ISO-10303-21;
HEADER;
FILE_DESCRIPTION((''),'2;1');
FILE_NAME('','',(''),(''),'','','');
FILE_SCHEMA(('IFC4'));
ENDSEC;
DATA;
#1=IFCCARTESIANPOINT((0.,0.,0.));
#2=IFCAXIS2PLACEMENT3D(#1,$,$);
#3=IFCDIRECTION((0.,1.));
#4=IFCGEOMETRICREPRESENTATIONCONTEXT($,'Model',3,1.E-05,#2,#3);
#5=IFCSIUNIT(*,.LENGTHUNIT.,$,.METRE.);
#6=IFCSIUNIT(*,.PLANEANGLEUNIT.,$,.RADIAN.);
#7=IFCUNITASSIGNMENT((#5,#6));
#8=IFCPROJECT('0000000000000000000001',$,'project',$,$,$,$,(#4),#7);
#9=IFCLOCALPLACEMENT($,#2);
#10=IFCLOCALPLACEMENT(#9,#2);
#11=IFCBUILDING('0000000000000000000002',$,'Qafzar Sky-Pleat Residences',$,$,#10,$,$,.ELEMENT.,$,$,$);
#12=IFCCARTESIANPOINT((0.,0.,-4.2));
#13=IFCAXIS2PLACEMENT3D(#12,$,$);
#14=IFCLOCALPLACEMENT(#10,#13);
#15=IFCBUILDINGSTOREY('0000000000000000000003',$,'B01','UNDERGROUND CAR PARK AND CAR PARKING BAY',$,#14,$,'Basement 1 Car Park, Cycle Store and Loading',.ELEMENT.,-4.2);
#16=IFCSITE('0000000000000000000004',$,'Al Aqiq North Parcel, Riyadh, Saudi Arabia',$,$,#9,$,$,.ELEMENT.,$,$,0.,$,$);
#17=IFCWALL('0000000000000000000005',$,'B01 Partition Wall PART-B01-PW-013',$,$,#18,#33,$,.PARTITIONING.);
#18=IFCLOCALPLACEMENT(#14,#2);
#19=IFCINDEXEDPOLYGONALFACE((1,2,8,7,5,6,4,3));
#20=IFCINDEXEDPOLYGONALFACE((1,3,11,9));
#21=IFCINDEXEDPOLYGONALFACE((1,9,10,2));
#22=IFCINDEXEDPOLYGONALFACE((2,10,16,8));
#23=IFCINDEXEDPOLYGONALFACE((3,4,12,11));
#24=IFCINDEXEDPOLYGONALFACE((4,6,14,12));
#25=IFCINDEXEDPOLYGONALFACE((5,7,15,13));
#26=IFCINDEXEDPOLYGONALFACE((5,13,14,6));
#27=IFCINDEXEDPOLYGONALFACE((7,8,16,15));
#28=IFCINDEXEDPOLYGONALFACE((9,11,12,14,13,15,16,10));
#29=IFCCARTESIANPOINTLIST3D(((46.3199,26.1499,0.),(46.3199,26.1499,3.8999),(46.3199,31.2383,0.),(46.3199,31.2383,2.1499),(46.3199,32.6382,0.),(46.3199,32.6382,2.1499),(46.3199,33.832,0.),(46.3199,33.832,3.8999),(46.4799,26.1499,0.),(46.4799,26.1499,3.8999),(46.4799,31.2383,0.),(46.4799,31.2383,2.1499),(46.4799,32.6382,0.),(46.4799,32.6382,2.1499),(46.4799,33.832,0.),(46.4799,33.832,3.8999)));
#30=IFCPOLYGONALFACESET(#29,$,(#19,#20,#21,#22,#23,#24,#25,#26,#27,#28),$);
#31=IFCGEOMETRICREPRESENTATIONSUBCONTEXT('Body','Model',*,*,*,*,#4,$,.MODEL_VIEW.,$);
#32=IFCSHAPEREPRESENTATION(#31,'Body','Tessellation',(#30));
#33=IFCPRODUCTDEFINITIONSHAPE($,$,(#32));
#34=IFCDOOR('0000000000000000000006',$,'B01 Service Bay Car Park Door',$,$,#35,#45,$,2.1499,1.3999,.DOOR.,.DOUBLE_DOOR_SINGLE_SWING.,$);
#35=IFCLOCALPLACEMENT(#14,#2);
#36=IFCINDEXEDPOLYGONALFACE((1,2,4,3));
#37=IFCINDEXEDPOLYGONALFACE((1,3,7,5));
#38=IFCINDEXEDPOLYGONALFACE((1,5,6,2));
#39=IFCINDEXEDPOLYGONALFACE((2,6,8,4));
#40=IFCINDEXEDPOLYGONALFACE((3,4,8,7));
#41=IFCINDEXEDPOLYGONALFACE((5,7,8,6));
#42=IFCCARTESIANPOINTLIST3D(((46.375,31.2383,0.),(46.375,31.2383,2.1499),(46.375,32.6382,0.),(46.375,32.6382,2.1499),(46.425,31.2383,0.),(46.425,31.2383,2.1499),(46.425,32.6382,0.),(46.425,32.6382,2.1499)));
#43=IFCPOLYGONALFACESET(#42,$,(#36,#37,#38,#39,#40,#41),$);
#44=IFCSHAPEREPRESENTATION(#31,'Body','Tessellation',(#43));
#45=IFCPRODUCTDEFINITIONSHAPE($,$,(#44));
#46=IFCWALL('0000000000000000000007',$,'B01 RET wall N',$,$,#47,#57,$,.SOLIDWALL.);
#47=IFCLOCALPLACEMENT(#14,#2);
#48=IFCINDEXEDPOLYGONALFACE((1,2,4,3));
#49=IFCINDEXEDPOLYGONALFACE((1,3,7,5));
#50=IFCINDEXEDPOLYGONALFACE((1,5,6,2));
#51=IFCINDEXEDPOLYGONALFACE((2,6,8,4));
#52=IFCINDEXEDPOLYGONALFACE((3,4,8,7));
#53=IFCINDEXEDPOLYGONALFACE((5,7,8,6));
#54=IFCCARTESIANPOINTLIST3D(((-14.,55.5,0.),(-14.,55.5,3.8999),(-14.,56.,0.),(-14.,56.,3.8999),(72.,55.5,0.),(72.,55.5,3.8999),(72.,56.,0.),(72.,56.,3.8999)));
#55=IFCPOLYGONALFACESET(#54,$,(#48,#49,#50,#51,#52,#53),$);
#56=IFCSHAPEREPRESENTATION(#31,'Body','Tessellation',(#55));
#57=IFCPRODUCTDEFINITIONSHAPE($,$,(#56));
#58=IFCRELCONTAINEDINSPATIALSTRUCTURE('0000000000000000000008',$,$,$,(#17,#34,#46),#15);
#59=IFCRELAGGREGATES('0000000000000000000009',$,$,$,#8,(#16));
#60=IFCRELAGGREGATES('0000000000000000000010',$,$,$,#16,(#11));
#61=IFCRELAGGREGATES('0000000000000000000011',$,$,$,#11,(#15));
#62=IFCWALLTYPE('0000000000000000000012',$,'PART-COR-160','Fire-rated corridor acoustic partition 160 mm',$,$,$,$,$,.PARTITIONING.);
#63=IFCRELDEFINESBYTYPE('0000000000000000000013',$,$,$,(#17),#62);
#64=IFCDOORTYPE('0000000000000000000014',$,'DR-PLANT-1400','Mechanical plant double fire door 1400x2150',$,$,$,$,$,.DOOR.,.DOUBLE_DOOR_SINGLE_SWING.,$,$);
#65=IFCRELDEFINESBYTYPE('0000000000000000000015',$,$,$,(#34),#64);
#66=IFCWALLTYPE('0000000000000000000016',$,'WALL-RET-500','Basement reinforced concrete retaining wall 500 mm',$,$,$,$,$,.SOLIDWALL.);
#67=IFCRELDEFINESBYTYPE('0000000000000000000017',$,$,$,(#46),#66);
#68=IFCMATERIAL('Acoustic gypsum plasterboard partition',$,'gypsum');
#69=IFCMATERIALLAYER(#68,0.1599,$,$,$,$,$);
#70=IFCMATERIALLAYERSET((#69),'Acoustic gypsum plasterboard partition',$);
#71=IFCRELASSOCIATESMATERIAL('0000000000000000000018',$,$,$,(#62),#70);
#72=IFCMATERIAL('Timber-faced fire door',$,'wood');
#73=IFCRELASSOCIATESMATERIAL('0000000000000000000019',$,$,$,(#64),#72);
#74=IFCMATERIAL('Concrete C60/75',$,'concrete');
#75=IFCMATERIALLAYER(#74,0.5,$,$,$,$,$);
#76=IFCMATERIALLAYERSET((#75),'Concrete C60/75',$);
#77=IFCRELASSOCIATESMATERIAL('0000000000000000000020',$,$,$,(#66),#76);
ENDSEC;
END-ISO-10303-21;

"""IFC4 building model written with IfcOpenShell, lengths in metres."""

from ifc_helpers import new_model, si_unit, direction, frame, frame_2d, origin, place, context, subcontext, project, spatial, rectangle, extrude, source, transform, mapped, material, layer, layer_set, type_object, element, fill, save


model = new_model("IFC4")

# Units and contexts
model_context = context("Model", 3, precision=1e-05, world=origin(), true_north=direction((0.0, 1.0)))
body_context = subcontext(model_context, "Body", "Model", "MODEL_VIEW")
ifc_project = project(units=[si_unit("LENGTHUNIT", "METRE"), si_unit("PLANEANGLEUNIT", "RADIAN")], contexts=[model_context])

# Site, building, storey
site_placement = place(None, origin())
site = spatial("IfcSite", under=ifc_project, at=site_placement, Name="Al Aqiq North Parcel, Riyadh, Saudi Arabia", CompositionType="ELEMENT", RefElevation=0.0)
building_placement = place(site_placement, origin())
building = spatial("IfcBuilding", under=site, at=building_placement, Name="Qafzar Sky-Pleat Residences", CompositionType="ELEMENT")
storey_placement = place(building_placement, frame((0.0, 0.0, -4.2)))
storey = spatial("IfcBuildingStorey", under=building, at=storey_placement, Name="B01", Description="UNDERGROUND CAR PARK AND CAR PARKING BAY", LongName="Basement 1 Car Park, Cycle Store and Loading", CompositionType="ELEMENT", Elevation=-4.2)

# Shared definitions
ifc_material_1 = material(Name="Concrete C60/75", Category="concrete")

# Wall, opening, door
ifc_material_2 = material(Name="Acoustic gypsum plasterboard partition", Category="gypsum")
ifc_layer_1 = layer(ifc_material_2, 0.1599)
ifc_layer_set_1 = layer_set([ifc_layer_1], Name="Acoustic gypsum plasterboard partition")
wall_type_1 = type_object("IfcWallType", Name="PART-COR-160", Description="Fire-rated corridor acoustic partition 160 mm", PredefinedType="PARTITIONING", material=ifc_layer_set_1)
wall_1_placement = place(storey_placement, frame((46.3999, 26.1499, 0.0), z_axis=(0.0, 0.0, 1.0), x_axis=(0.0, 1.0, 0.0)))
wall_1 = element("IfcWall", 1, at=wall_1_placement, inside=storey, type_object=wall_type_1, Name="B01 Partition Wall PART-B01-PW-013", PredefinedType="PARTITIONING", context=body_context, shape_type="SweptSolid", body=[
    extrude(rectangle(XDim=7.6821, YDim=0.1599, at=frame_2d((3.8411, 0.0))), origin(), (0.0, 0.0, 1.0), 3.8999),
])
opening_placement = place(wall_1_placement, frame((5.0884, 0.0, 0.0)))
opening = element("IfcOpeningElement", 2, at=opening_placement, cuts=wall_1, PredefinedType="OPENING", context=body_context, shape_type="SweptSolid", body=[
    extrude(rectangle(XDim=1.3999, YDim=2.1499, at=frame_2d((0.7, 1.075))), frame((0.0, 0.0898, 0.0), z_axis=(0.0, -1.0, 0.0), x_axis=(1.0, 0.0, 0.0)), (0.0, 0.0, 1.0), 0.1799),
])
ifc_material_3 = material(Name="Timber-faced fire door", Category="wood")
door_type = type_object("IfcDoorType", Name="DR-PLANT-1400", Description="Mechanical plant double fire door 1400x2150", OperationType="DOUBLE_DOOR_SINGLE_SWING", PredefinedType="DOOR", material=ifc_material_3)
shared_shape_1 = source(origin(), body_context, "Body", "SweptSolid", [
    extrude(rectangle(XDim=1.3999, YDim=2.1499, at=frame_2d((0.7, 1.075))), frame((0.0, 0.0249, 0.0), z_axis=(0.0, -1.0, 0.0), x_axis=(1.0, 0.0, 0.0)), (0.0, 0.0, 1.0), 0.05),
])
door_placement = place(opening_placement, origin())
door = element("IfcDoor", 3, at=door_placement, inside=storey, type_object=door_type, Name="B01 Service Bay Car Park Door", OperationType="DOUBLE_DOOR_SINGLE_SWING", OverallHeight=2.1499, OverallWidth=1.3999, PredefinedType="DOOR", context=body_context, shape_type="MappedRepresentation", body=[
    mapped(shared_shape_1, transform((0.0, 0.0, 0.0), x_axis=(1.0, 0.0, 0.0), y_axis=(0.0, 1.0, 0.0), z_axis=(0.0, 0.0, 1.0), scale=1.0)),
])
fill(opening, door)

# Wall
ifc_layer_2 = layer(ifc_material_1, 0.5)
ifc_layer_set_2 = layer_set([ifc_layer_2], Name="Concrete C60/75")
wall_type_2 = type_object("IfcWallType", Name="WALL-RET-500", Description="Basement reinforced concrete retaining wall 500 mm", PredefinedType="SOLIDWALL", material=ifc_layer_set_2)
wall_2_placement = place(storey_placement, frame((72.0, 55.75, 0.0), z_axis=(0.0, 0.0, 1.0), x_axis=(-1.0, 0.0, 0.0)))
element("IfcWall", 4, at=wall_2_placement, inside=storey, type_object=wall_type_2, Name="B01 RET wall N", PredefinedType="SOLIDWALL", context=body_context, shape_type="SweptSolid", body=[
    extrude(rectangle(XDim=86.0, YDim=0.5, at=frame_2d((43.0, 0.0))), origin(), (0.0, 0.0, 1.0), 3.8999),
])

save(model, "model.ifc")
